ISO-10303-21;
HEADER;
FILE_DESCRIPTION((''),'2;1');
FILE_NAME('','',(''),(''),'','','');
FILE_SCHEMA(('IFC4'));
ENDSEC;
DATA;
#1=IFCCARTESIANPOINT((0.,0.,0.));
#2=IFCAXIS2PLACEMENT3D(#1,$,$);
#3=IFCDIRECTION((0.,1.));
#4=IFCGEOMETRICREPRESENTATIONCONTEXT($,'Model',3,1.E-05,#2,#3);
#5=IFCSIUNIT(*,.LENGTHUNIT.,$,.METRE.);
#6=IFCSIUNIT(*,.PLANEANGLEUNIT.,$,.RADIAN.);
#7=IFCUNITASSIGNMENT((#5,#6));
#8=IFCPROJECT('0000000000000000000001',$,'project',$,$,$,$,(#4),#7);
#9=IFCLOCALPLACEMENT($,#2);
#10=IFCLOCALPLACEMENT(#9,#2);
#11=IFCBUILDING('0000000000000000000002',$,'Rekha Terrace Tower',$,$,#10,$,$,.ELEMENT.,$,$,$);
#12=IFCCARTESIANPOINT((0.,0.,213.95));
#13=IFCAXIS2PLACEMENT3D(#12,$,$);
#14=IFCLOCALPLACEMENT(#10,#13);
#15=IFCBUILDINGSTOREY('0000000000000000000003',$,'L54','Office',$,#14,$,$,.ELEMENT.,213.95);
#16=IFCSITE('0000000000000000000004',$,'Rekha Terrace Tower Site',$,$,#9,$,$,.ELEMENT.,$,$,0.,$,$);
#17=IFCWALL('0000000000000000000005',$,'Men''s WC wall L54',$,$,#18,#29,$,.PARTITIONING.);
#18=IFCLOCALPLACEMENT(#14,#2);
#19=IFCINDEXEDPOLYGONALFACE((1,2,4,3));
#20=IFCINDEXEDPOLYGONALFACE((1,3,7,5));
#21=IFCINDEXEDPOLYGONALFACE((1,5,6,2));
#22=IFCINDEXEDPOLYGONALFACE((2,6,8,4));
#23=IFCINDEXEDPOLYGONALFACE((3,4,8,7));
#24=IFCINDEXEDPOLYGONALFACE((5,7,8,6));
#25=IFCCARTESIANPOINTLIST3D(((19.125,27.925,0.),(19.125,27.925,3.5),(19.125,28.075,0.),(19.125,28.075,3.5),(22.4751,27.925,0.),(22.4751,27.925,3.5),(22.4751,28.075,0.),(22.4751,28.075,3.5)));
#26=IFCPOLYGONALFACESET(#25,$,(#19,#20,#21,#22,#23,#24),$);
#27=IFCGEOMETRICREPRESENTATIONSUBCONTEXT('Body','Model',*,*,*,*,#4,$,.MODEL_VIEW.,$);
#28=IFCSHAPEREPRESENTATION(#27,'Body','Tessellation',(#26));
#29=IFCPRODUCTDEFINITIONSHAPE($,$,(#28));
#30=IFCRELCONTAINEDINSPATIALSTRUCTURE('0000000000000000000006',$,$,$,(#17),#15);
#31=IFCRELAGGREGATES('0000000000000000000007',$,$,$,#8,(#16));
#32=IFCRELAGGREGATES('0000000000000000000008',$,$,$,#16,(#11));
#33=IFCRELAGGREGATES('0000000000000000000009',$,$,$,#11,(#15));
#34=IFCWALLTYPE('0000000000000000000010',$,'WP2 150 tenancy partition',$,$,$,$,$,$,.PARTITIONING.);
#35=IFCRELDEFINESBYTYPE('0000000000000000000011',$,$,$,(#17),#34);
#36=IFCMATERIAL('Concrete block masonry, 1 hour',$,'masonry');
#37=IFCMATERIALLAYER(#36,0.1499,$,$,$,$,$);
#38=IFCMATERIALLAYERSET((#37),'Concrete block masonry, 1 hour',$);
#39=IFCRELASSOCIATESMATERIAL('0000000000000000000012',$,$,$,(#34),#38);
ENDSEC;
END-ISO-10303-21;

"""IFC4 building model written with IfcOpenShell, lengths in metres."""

from ifc_helpers import new_model, si_unit, direction, frame, frame_2d, origin, place, context, subcontext, project, spatial, rectangle, extrude, material, layer, layer_set, type_object, element, save


model = new_model("IFC4")

# Units and contexts
model_context = context("Model", 3, precision=1e-05, world=origin(), true_north=direction((0.0, 1.0)))
body_context = subcontext(model_context, "Body", "Model", "MODEL_VIEW")
ifc_project = project(units=[si_unit("LENGTHUNIT", "METRE"), si_unit("PLANEANGLEUNIT", "RADIAN")], contexts=[model_context])

# Site, building, storey
site_placement = place(None, origin())
site = spatial("IfcSite", under=ifc_project, at=site_placement, Name="Rekha Terrace Tower Site", CompositionType="ELEMENT", RefElevation=0.0)
building_placement = place(site_placement, origin())
building = spatial("IfcBuilding", under=site, at=building_placement, Name="Rekha Terrace Tower", CompositionType="ELEMENT")
storey_placement = place(building_placement, frame((0.0, 0.0, 213.95)))
storey = spatial("IfcBuildingStorey", under=building, at=storey_placement, Name="L54", Description="Office", CompositionType="ELEMENT", Elevation=213.95)

# Wall
ifc_material_1 = material(Name="Concrete block masonry, 1 hour", Category="masonry")
ifc_layer_1 = layer(ifc_material_1, 0.1499)
ifc_layer_set_1 = layer_set([ifc_layer_1], Name="Concrete block masonry, 1 hour")
wall_type_1 = type_object("IfcWallType", Name="WP2 150 tenancy partition", PredefinedType="PARTITIONING", material=ifc_layer_set_1)
wall_1_placement = place(storey_placement, frame((19.125, 28.0, 0.0), z_axis=(0.0, 0.0, 1.0), x_axis=(1.0, 0.0, 0.0)))
element("IfcWall", 1, at=wall_1_placement, inside=storey, type_object=wall_type_1, Name="Men's WC wall L54", PredefinedType="PARTITIONING", context=body_context, shape_type="SweptSolid", body=[
    extrude(rectangle(XDim=3.3501, YDim=0.1499, at=frame_2d((1.675, 0.0))), origin(), (0.0, 0.0, 1.0), 3.5),
])

save(model, "model.ifc")
